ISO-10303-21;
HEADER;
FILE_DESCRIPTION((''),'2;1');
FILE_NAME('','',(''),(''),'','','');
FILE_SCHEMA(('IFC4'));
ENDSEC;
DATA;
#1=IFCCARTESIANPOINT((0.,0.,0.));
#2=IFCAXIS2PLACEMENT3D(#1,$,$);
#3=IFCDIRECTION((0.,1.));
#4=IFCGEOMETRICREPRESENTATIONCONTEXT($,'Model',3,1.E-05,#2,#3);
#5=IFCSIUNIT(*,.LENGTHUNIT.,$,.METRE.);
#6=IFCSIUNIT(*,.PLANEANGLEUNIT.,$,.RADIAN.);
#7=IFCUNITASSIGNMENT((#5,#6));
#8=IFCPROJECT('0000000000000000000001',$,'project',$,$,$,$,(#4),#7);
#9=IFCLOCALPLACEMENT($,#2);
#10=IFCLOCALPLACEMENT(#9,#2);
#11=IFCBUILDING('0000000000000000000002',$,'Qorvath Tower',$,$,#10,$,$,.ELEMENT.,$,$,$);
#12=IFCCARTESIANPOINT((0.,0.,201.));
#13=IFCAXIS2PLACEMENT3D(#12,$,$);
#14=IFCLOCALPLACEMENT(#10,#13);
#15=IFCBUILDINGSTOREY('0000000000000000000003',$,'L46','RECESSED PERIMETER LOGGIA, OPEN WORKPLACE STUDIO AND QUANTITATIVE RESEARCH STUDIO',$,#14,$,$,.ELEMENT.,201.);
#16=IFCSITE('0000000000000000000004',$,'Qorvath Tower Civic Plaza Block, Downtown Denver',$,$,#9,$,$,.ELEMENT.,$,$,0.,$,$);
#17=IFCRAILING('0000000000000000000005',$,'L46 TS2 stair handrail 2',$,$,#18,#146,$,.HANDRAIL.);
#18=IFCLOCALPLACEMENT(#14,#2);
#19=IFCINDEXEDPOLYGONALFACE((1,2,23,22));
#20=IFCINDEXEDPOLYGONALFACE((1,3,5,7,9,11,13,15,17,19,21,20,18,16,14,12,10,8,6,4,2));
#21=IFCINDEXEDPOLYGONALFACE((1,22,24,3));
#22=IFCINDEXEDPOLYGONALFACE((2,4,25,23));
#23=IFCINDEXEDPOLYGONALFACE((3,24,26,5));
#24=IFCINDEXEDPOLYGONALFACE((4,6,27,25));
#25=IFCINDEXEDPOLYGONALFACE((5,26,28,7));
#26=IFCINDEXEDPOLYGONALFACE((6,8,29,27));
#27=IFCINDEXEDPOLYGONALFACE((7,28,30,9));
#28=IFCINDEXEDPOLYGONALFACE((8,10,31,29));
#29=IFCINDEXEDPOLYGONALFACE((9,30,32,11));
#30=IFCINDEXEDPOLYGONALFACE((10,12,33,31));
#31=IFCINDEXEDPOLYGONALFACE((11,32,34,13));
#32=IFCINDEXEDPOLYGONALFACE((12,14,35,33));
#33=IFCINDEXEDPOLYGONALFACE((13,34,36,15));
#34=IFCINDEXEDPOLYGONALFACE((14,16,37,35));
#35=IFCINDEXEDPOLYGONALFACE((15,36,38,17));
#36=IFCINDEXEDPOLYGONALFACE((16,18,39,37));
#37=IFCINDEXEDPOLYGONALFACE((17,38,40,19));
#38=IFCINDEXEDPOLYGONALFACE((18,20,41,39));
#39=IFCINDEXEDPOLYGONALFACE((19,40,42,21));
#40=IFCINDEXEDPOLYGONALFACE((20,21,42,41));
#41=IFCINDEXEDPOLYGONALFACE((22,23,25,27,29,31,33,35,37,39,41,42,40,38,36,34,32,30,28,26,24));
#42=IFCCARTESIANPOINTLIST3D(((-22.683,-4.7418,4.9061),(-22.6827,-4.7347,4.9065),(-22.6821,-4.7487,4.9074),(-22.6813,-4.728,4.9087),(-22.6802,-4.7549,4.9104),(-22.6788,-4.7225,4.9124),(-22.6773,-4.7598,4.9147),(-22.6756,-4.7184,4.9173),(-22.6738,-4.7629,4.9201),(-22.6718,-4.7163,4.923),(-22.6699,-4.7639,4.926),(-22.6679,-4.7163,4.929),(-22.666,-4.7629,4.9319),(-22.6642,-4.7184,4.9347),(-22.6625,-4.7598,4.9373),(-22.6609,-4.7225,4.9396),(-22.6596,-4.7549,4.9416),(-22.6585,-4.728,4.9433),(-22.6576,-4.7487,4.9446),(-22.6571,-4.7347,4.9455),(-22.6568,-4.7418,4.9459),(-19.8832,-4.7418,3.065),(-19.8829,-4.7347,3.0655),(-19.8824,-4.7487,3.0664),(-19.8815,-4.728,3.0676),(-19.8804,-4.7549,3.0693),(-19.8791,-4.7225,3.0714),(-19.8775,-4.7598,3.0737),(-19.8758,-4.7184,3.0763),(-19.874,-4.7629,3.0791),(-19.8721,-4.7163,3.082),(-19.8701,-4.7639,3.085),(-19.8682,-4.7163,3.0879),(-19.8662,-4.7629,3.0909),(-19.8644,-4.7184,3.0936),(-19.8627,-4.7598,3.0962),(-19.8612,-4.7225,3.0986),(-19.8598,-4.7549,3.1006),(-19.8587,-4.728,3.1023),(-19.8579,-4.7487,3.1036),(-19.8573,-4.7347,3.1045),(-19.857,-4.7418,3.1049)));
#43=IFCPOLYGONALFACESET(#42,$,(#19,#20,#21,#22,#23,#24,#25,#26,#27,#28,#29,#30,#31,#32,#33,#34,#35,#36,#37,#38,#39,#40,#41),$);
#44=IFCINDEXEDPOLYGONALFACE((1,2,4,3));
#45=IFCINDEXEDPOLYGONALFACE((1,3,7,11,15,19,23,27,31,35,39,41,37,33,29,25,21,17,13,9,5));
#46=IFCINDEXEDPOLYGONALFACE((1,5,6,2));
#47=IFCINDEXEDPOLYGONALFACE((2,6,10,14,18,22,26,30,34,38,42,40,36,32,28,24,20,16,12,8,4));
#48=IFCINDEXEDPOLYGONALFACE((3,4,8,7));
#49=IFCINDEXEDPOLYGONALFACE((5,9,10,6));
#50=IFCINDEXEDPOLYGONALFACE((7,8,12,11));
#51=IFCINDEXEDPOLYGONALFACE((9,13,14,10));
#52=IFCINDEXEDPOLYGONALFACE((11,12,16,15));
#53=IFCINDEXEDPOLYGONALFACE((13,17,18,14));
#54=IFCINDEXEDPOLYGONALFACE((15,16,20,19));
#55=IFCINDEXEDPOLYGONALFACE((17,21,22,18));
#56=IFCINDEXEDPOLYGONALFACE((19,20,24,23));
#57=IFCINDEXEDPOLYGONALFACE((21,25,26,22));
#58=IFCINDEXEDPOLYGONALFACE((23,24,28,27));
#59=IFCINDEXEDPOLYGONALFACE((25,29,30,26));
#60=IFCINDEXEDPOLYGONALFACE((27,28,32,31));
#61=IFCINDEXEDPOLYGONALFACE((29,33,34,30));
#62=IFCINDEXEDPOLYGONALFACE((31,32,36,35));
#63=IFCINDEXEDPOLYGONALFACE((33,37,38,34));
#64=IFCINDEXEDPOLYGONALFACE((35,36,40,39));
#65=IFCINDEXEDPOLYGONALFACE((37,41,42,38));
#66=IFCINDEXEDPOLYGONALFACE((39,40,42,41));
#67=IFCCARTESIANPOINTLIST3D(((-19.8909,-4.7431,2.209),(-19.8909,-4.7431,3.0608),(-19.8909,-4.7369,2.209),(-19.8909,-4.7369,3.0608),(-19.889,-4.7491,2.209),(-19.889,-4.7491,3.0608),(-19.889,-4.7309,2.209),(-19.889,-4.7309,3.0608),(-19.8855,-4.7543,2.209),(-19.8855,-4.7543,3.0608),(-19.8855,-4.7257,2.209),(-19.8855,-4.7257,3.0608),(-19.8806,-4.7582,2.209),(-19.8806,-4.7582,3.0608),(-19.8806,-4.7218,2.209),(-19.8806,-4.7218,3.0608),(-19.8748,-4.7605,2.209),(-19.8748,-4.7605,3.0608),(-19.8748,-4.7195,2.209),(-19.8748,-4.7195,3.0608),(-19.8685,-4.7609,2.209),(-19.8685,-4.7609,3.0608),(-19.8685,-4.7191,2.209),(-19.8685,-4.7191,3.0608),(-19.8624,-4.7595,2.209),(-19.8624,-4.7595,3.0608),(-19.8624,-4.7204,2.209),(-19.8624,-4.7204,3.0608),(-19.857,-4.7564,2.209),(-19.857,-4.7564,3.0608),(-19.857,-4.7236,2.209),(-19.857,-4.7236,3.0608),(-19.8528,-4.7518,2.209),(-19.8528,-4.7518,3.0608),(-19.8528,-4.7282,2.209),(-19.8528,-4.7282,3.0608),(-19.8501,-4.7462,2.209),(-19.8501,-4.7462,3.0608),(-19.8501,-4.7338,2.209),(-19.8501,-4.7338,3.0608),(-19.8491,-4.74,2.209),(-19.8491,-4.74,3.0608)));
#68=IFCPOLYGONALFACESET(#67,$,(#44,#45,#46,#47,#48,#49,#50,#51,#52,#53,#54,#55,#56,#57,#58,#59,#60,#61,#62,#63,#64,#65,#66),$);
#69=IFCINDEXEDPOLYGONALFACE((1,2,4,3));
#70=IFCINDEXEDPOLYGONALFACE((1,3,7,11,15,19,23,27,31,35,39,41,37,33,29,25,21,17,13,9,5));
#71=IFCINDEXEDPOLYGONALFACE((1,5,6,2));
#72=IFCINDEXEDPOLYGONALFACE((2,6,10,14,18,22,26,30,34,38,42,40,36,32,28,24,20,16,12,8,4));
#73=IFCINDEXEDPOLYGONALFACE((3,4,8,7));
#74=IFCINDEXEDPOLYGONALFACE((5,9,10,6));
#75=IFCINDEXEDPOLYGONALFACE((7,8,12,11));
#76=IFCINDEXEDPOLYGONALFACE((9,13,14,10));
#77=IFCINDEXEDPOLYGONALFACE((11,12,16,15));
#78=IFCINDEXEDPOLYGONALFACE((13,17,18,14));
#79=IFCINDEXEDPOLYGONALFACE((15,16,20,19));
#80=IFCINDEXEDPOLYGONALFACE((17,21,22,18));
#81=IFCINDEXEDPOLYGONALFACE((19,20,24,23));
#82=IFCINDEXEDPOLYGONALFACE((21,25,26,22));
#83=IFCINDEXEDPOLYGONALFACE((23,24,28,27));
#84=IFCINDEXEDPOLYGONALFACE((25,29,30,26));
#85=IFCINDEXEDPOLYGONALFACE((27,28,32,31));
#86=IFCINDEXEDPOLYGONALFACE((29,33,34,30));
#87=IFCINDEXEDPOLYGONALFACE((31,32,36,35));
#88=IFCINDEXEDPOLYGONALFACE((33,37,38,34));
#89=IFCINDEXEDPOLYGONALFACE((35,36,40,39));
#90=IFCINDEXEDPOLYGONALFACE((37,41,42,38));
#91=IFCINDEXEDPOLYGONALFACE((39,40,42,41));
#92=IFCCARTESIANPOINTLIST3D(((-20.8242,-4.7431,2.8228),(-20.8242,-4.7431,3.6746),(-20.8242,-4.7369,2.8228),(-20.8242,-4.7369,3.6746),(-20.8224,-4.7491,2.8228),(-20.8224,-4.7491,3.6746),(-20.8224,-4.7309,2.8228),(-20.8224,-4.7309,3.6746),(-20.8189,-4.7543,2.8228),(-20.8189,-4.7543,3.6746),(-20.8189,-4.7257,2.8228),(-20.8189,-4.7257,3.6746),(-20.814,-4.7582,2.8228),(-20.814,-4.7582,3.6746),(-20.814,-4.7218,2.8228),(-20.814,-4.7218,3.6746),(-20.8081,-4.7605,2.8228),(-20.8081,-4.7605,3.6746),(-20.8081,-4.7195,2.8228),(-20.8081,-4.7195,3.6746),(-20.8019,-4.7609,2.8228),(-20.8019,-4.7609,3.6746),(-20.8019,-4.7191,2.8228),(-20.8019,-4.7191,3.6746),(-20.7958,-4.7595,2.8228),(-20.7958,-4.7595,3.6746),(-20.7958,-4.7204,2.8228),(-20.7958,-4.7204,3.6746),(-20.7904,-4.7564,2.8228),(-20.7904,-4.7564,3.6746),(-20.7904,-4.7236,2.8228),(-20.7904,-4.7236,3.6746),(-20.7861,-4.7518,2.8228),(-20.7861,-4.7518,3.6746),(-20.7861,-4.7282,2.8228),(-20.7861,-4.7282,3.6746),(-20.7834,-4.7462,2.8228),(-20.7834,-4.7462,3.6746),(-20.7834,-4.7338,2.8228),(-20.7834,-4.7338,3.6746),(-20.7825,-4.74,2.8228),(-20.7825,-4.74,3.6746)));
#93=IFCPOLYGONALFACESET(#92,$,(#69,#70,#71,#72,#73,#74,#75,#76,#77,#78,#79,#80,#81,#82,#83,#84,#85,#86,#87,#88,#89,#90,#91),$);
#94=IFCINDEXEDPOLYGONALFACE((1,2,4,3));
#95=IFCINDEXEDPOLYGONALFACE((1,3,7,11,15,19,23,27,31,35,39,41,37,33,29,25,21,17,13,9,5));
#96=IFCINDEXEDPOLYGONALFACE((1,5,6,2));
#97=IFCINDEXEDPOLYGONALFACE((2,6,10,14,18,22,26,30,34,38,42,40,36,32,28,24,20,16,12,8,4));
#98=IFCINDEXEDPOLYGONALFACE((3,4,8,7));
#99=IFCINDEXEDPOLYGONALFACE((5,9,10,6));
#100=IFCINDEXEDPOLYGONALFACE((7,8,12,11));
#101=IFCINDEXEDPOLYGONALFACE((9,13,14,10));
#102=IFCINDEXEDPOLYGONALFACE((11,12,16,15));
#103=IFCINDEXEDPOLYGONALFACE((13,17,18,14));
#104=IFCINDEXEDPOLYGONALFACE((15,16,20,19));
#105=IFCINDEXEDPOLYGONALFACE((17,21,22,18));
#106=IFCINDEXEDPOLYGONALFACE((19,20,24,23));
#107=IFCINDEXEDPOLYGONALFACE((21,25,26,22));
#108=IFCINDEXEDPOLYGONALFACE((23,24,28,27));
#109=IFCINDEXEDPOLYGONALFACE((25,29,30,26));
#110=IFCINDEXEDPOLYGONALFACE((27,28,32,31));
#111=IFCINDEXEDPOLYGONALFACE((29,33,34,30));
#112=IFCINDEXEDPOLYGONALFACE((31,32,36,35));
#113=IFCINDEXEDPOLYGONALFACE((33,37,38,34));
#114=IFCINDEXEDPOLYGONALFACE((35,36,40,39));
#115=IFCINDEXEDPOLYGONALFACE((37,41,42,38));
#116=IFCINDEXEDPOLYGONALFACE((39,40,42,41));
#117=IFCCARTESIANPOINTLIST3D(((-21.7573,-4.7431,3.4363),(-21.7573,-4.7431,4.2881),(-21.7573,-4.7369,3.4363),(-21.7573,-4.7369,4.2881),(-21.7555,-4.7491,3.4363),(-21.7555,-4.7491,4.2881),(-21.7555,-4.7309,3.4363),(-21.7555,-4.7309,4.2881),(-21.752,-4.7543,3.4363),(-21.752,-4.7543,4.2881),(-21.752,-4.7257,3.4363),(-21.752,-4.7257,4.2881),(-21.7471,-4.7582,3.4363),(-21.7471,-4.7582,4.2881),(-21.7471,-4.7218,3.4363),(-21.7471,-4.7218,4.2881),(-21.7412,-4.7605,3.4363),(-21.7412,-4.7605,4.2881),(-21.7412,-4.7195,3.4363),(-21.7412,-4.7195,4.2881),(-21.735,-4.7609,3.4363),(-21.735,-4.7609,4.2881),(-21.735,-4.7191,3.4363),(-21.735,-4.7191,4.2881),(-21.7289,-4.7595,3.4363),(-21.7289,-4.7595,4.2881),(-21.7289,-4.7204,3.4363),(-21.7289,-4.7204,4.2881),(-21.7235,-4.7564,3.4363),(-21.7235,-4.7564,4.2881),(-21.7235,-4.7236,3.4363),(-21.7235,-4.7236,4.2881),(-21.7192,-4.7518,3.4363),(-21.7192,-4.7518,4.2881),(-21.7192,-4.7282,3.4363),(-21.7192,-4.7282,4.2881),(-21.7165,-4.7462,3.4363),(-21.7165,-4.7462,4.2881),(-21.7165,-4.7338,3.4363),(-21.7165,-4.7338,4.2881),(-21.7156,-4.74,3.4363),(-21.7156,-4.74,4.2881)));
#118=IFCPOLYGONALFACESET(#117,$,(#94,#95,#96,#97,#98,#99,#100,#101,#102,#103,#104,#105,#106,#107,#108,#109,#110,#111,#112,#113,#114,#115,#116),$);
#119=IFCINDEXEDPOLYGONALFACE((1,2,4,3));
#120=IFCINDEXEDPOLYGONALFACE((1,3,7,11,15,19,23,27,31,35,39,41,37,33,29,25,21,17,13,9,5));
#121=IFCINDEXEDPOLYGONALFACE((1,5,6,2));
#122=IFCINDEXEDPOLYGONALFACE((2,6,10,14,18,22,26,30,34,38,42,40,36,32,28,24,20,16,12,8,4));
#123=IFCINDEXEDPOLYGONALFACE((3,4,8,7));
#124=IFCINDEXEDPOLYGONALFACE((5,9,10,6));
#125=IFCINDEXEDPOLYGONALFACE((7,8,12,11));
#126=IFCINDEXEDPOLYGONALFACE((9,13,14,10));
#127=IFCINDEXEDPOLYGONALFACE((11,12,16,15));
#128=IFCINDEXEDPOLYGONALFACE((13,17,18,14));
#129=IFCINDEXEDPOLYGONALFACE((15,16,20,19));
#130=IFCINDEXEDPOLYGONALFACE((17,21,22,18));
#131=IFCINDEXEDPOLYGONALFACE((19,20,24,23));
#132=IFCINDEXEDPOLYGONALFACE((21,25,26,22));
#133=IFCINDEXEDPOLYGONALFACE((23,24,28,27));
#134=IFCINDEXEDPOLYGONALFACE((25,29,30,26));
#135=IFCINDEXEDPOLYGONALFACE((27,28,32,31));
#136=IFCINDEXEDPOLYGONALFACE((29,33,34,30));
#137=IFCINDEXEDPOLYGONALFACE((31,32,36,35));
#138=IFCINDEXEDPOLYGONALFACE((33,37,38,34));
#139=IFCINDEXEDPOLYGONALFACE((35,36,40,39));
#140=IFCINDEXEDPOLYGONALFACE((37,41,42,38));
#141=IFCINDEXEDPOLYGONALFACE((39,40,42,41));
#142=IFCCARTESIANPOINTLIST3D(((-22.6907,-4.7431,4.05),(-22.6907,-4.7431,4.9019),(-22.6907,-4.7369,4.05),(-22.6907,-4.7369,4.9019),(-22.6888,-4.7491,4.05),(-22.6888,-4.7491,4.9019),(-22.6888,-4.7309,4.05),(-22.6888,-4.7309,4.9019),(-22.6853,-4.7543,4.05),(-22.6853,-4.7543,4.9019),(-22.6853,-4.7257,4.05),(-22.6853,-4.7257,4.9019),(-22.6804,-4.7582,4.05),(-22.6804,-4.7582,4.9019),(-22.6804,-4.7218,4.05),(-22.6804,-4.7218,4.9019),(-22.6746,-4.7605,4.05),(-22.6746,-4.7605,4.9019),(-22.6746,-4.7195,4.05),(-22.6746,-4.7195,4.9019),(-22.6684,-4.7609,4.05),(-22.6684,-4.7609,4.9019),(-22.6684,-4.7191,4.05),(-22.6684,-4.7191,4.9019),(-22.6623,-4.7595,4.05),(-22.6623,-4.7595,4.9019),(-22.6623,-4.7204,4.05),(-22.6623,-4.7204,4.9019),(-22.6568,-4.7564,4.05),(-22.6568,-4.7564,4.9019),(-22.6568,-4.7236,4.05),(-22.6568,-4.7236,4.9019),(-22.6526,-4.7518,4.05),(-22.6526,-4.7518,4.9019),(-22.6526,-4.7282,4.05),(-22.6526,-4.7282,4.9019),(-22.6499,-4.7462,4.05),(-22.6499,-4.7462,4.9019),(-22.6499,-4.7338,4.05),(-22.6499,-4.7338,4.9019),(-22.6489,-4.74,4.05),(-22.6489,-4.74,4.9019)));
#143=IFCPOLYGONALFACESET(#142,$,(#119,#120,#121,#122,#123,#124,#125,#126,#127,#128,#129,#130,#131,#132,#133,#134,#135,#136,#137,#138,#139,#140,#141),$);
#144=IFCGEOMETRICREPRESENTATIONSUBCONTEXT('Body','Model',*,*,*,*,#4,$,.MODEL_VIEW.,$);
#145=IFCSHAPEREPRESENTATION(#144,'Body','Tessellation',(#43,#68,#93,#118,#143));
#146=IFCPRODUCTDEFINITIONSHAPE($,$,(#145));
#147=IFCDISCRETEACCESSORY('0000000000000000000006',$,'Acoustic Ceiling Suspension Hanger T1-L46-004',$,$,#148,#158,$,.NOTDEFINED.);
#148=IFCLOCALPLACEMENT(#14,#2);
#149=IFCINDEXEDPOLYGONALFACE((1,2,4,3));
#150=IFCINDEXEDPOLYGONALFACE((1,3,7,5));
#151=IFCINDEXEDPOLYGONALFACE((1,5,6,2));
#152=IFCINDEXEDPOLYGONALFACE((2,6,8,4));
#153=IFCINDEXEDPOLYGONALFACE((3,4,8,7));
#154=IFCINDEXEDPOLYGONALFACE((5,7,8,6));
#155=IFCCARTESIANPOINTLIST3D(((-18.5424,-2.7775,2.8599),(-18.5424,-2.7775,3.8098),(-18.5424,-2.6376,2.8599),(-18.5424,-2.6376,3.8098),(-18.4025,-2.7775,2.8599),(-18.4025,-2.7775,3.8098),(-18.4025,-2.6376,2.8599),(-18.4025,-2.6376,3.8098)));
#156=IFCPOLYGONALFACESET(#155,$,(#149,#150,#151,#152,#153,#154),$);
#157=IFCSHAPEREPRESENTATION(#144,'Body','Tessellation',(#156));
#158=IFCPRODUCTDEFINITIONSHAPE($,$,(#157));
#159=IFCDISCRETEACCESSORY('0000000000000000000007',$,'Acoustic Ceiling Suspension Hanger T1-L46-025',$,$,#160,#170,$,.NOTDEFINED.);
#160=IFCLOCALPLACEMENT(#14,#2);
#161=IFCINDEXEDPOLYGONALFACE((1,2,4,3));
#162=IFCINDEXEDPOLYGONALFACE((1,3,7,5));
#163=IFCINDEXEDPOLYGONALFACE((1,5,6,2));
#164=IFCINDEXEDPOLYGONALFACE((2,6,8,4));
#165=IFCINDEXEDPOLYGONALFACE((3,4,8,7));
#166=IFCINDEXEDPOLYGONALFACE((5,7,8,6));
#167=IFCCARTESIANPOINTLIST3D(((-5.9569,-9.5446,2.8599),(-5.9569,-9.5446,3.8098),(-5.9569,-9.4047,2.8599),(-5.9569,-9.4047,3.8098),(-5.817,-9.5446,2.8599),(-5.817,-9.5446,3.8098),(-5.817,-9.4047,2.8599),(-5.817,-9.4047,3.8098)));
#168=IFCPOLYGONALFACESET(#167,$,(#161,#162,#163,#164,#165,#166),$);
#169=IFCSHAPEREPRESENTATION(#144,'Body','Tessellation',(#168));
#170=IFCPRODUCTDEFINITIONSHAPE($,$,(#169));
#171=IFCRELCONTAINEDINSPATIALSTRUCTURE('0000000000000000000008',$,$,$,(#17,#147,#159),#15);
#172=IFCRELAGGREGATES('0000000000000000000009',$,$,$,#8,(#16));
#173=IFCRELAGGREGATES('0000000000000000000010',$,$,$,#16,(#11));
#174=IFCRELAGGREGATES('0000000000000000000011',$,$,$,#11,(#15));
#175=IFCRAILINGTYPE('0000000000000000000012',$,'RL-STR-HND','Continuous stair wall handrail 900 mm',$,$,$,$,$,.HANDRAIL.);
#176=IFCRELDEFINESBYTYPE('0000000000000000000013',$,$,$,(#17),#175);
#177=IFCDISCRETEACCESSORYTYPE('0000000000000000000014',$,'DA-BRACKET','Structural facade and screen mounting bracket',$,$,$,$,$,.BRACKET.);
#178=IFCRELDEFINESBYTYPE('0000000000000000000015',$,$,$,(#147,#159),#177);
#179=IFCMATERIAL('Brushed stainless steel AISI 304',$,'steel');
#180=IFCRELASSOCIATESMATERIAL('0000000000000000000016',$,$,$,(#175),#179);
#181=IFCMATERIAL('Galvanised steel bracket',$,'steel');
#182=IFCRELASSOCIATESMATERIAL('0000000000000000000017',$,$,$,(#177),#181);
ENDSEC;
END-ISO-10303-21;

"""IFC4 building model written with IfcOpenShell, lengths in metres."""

from ifc_helpers import new_model, si_unit, direction, frame, origin, origin_2d, place, context, subcontext, project, spatial, rectangle, circle, extrude, material, type_object, element, save


model = new_model("IFC4")

# Units and contexts
model_context = context("Model", 3, precision=1e-05, world=origin(), true_north=direction((0.0, 1.0)))
body_context = subcontext(model_context, "Body", "Model", "MODEL_VIEW")
ifc_project = project(units=[si_unit("LENGTHUNIT", "METRE"), si_unit("PLANEANGLEUNIT", "RADIAN")], contexts=[model_context])

# Site, building, storey
site_placement = place(None, origin())
site = spatial("IfcSite", under=ifc_project, at=site_placement, Name="Qorvath Tower Civic Plaza Block, Downtown Denver", CompositionType="ELEMENT", RefElevation=0.0)
building_placement = place(site_placement, origin())
building = spatial("IfcBuilding", under=site, at=building_placement, Name="Qorvath Tower", CompositionType="ELEMENT")
storey_placement = place(building_placement, frame((0.0, 0.0, 201.0)))
storey = spatial("IfcBuildingStorey", under=building, at=storey_placement, Name="L46", Description="RECESSED PERIMETER LOGGIA, OPEN WORKPLACE STUDIO AND QUANTITATIVE RESEARCH STUDIO", CompositionType="ELEMENT", Elevation=201.0)

# Railing
ifc_material_1 = material(Name="Brushed stainless steel AISI 304", Category="steel")
railing_type_1 = type_object("IfcRailingType", Name="RL-STR-HND", Description="Continuous stair wall handrail 900 mm", PredefinedType="HANDRAIL", material=ifc_material_1)
railing_1_placement = place(storey_placement, frame((-19.8701, -4.74, 2.209)))
element("IfcRailing", 1, at=railing_1_placement, inside=storey, type_object=railing_type_1, Name="L46 TS2 stair handrail 2", PredefinedType="HANDRAIL", context=body_context, shape_type="SweptSolid", body=[
    extrude(circle(Radius=0.0239, at=origin_2d()), frame((0.0, 0.0, 0.876), z_axis=(-0.835542, 0.0, 0.549426), x_axis=(0.0, -1.0, 0.0)), (0.0, 0.0, 1.0), 3.3508),
    extrude(circle(Radius=0.021, at=origin_2d()), origin(), (0.0, 0.0, 1.0), 0.8518),
    extrude(circle(Radius=0.021, at=origin_2d()), frame((-0.9333, 0.0, 0.6138)), (0.0, 0.0, 1.0), 0.8518),
    extrude(circle(Radius=0.021, at=origin_2d()), frame((-1.8665, 0.0, 1.2273)), (0.0, 0.0, 1.0), 0.8518),
    extrude(circle(Radius=0.021, at=origin_2d()), frame((-2.7998, 0.0, 1.8411)), (0.0, 0.0, 1.0), 0.8518),
])

# Discrete accessories
ifc_material_2 = material(Name="Galvanised steel bracket", Category="steel")
discrete_accessory_type = type_object("IfcDiscreteAccessoryType", Name="DA-BRACKET", Description="Structural facade and screen mounting bracket", PredefinedType="BRACKET", material=ifc_material_2)
for number, where, z_axis, x_axis, name in (
    (2, (-18.4724, -2.7075, 2.8599), (0.0, 0.0, 1.0), (1.0, 0.0, 0.0), "Acoustic Ceiling Suspension Hanger T1-L46-004"),
    (3, (-5.887, -9.4746, 2.8599), (0.0, 0.0, 1.0), (1.0, 0.0, 0.0), "Acoustic Ceiling Suspension Hanger T1-L46-025"),
):
    element("IfcDiscreteAccessory", number, at=place(storey_placement, frame(where, z_axis=z_axis, x_axis=x_axis)), inside=storey, type_object=discrete_accessory_type, Name=name, PredefinedType="NOTDEFINED", context=body_context, shape_type="SweptSolid", body=[
        extrude(rectangle(XDim=0.1399, YDim=0.1399, at=origin_2d()), origin(), (0.0, 0.0, 1.0), 0.95),
    ])

save(model, "model.ifc")
